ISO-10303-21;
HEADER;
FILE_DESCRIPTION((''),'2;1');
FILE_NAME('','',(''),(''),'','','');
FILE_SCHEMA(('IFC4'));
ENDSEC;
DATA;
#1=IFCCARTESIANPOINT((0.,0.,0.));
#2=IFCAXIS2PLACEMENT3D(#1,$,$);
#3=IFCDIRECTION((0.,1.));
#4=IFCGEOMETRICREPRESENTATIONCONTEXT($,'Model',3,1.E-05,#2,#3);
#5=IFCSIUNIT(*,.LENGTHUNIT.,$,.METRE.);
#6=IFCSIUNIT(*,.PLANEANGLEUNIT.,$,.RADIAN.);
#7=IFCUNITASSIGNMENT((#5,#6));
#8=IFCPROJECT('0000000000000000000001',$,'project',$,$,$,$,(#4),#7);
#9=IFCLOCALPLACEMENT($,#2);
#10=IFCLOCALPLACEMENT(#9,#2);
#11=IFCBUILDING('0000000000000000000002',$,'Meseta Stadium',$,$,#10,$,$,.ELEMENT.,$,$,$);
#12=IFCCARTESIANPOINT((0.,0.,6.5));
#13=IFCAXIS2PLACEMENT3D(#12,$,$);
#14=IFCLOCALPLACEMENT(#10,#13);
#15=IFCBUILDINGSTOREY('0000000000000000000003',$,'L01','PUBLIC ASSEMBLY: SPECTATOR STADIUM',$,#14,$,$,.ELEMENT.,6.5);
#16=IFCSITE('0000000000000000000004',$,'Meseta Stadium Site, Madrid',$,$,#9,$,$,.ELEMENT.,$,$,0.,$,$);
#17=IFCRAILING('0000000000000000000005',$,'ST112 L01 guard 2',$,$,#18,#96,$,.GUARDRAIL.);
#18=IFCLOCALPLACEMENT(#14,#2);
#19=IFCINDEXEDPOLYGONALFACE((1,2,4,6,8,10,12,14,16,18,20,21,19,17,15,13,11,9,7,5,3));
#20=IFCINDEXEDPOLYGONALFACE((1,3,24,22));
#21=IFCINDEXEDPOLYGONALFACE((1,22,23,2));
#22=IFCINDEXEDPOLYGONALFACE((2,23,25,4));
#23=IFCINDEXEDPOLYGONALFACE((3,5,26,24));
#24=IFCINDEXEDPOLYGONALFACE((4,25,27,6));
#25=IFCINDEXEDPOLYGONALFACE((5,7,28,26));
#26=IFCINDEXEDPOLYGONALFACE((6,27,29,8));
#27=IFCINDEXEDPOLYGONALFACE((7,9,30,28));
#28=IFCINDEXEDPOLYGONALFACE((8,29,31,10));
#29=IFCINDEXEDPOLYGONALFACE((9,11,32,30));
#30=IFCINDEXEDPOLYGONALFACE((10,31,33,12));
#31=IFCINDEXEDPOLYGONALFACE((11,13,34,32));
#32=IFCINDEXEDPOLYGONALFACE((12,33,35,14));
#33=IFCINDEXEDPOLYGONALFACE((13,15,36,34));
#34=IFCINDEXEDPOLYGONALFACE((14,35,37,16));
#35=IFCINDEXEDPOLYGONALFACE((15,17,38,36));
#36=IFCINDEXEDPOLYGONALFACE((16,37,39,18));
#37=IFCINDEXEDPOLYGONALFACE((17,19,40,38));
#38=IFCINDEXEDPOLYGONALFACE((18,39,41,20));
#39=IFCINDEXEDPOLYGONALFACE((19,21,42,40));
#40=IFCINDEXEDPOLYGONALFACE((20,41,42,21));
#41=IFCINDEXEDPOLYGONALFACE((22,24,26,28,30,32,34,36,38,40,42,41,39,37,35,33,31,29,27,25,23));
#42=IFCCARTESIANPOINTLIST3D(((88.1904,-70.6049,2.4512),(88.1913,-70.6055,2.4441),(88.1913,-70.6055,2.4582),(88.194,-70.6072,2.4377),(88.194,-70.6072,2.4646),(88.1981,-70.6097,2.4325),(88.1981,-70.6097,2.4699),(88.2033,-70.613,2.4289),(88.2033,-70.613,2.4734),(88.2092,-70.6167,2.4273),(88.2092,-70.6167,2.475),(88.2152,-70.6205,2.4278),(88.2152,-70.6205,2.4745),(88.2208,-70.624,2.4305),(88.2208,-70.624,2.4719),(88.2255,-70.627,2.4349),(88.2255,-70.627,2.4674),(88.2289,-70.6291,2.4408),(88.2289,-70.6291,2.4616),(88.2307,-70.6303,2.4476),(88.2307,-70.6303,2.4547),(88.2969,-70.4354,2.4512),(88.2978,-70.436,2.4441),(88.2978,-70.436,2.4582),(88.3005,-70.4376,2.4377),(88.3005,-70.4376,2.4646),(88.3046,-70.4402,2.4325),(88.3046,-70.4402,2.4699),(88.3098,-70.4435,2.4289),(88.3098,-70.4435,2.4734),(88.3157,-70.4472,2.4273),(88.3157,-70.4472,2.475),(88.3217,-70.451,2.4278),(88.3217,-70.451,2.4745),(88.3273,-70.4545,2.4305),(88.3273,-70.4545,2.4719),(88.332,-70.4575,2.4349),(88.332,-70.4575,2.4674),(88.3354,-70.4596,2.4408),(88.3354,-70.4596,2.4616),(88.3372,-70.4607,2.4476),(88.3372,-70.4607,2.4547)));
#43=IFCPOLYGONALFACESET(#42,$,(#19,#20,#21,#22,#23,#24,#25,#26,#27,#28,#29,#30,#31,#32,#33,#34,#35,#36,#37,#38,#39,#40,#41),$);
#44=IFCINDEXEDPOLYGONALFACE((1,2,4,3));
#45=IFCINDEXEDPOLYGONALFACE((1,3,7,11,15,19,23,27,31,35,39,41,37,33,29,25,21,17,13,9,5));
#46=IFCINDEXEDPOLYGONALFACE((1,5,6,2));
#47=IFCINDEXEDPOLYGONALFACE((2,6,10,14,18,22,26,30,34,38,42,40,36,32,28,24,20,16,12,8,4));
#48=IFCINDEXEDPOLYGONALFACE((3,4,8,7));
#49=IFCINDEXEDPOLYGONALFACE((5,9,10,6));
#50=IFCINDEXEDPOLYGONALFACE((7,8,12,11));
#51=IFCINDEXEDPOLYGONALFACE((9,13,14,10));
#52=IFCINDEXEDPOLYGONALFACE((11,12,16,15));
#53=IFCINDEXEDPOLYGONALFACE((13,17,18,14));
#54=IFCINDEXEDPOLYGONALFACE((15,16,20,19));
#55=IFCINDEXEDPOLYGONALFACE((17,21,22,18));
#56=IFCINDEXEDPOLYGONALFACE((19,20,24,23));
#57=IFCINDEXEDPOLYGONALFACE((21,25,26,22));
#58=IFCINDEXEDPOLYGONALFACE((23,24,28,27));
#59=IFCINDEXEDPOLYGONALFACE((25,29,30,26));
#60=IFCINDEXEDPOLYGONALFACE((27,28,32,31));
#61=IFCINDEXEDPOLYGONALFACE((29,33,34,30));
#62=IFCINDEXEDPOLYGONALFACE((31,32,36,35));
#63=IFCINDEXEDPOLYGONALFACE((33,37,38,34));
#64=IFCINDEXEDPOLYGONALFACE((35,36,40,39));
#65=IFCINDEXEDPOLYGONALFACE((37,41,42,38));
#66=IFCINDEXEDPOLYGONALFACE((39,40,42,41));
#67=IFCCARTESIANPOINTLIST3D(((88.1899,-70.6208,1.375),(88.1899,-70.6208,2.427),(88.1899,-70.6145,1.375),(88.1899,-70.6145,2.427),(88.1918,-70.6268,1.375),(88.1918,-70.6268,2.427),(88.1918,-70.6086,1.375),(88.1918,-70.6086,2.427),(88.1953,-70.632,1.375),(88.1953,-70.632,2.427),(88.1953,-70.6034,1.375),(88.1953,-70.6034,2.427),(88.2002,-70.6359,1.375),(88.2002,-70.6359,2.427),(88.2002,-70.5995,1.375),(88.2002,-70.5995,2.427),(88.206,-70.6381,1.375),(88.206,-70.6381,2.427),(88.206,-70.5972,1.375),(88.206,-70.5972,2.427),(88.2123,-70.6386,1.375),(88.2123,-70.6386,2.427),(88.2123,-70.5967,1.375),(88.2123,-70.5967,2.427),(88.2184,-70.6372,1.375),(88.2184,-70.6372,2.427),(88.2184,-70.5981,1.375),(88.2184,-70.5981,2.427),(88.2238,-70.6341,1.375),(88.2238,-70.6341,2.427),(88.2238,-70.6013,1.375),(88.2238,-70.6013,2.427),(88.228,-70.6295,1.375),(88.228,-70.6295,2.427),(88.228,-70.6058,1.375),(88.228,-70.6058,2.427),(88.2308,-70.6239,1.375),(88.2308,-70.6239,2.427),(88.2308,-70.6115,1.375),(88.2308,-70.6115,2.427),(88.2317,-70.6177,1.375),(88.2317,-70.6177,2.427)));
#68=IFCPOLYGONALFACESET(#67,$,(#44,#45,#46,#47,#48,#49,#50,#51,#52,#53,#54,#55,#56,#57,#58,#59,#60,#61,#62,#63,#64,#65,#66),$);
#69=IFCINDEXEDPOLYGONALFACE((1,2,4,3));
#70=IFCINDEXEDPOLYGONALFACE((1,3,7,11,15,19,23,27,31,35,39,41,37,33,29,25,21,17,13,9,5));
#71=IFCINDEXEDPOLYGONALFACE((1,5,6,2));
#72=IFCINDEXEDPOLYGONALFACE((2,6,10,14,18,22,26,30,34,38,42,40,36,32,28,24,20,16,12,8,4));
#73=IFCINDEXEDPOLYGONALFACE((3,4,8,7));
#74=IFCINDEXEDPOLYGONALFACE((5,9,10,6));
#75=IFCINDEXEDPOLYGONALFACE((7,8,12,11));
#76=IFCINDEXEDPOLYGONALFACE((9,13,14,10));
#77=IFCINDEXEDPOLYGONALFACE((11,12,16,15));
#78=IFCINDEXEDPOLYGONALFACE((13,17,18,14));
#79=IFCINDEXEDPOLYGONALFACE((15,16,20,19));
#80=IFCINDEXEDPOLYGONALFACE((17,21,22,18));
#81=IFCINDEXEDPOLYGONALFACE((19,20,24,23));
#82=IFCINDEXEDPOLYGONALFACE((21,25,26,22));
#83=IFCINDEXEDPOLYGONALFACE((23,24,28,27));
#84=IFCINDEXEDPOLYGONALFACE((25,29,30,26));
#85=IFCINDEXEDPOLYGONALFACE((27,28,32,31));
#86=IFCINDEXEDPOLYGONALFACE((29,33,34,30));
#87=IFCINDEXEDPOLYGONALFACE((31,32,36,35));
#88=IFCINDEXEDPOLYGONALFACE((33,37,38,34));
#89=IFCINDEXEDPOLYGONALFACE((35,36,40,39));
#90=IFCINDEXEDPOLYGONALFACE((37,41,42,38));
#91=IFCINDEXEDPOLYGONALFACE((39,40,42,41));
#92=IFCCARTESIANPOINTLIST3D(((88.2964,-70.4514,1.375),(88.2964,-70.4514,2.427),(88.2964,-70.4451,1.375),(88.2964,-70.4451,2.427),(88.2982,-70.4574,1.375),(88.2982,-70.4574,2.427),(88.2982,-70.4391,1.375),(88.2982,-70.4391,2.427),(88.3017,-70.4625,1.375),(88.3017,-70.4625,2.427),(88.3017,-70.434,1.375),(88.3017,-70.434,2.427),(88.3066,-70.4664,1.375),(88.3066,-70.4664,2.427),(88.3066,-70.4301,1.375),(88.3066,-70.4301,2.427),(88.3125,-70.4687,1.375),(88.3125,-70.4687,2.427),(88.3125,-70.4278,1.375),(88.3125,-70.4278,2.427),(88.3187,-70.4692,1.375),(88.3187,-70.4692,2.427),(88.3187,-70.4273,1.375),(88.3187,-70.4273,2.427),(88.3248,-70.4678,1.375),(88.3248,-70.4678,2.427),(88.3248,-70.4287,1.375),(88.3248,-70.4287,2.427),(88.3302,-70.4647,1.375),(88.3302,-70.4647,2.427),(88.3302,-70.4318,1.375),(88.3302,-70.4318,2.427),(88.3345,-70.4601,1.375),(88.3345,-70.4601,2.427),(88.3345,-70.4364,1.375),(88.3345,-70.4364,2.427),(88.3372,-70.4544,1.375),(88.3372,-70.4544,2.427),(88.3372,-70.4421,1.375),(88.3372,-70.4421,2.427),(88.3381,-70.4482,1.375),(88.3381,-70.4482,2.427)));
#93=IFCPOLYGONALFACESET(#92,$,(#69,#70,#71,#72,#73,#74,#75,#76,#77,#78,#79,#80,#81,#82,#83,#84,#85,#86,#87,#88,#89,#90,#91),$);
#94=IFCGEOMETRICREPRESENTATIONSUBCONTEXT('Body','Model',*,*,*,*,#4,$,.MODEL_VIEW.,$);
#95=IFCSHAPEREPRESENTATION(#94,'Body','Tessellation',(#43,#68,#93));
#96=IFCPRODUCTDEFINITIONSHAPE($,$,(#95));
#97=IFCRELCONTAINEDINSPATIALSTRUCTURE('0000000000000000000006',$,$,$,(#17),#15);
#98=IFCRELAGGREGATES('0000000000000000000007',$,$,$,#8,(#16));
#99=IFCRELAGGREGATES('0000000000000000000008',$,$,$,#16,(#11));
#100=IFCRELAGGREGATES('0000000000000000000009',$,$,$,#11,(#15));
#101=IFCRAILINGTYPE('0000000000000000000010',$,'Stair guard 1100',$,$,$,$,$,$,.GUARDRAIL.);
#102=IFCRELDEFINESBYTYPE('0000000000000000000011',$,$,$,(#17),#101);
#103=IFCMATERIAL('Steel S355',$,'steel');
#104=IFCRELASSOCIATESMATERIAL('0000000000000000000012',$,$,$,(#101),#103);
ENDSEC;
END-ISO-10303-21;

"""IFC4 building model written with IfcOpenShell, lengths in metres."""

from ifc_helpers import new_model, si_unit, direction, frame, origin, origin_2d, place, context, subcontext, project, spatial, circle, extrude, material, type_object, element, save


model = new_model("IFC4")

# Units and contexts
model_context = context("Model", 3, precision=1e-05, world=origin(), true_north=direction((0.0, 1.0)))
body_context = subcontext(model_context, "Body", "Model", "MODEL_VIEW")
ifc_project = project(units=[si_unit("LENGTHUNIT", "METRE"), si_unit("PLANEANGLEUNIT", "RADIAN")], contexts=[model_context])

# Site, building, storey
site_placement = place(None, origin())
site = spatial("IfcSite", under=ifc_project, at=site_placement, Name="Meseta Stadium Site, Madrid", CompositionType="ELEMENT", RefElevation=0.0)
building_placement = place(site_placement, origin())
building = spatial("IfcBuilding", under=site, at=building_placement, Name="Meseta Stadium", CompositionType="ELEMENT")
storey_placement = place(building_placement, frame((0.0, 0.0, 6.5)))
storey = spatial("IfcBuildingStorey", under=building, at=storey_placement, Name="L01", Description="PUBLIC ASSEMBLY: SPECTATOR STADIUM", CompositionType="ELEMENT", Elevation=6.5)

# Railing
ifc_material_1 = material(Name="Steel S355", Category="steel")
railing_type_1 = type_object("IfcRailingType", Name="Stair guard 1100", PredefinedType="GUARDRAIL", material=ifc_material_1)
railing_1_placement = place(storey_placement, frame((88.2107, -70.6177, 1.375)))
element("IfcRailing", 1, at=railing_1_placement, inside=storey, type_object=railing_type_1, Name="ST112 L01 guard 2", PredefinedType="GUARDRAIL", context=body_context, shape_type="SweptSolid", body=[
    extrude(circle(Radius=0.0239, at=origin_2d()), frame((0.0, 0.0, 1.0762), z_axis=(0.531972, 0.846762, 0.0), x_axis=(-0.846762, 0.531972, 0.0)), (0.0, 0.0, 1.0), 0.2002),
    extrude(circle(Radius=0.021, at=origin_2d()), origin(), (0.0, 0.0, 1.0), 1.052),
    extrude(circle(Radius=0.021, at=origin_2d()), frame((0.1064, 0.1694, 0.0)), (0.0, 0.0, 1.0), 1.052),
])

save(model, "model.ifc")
